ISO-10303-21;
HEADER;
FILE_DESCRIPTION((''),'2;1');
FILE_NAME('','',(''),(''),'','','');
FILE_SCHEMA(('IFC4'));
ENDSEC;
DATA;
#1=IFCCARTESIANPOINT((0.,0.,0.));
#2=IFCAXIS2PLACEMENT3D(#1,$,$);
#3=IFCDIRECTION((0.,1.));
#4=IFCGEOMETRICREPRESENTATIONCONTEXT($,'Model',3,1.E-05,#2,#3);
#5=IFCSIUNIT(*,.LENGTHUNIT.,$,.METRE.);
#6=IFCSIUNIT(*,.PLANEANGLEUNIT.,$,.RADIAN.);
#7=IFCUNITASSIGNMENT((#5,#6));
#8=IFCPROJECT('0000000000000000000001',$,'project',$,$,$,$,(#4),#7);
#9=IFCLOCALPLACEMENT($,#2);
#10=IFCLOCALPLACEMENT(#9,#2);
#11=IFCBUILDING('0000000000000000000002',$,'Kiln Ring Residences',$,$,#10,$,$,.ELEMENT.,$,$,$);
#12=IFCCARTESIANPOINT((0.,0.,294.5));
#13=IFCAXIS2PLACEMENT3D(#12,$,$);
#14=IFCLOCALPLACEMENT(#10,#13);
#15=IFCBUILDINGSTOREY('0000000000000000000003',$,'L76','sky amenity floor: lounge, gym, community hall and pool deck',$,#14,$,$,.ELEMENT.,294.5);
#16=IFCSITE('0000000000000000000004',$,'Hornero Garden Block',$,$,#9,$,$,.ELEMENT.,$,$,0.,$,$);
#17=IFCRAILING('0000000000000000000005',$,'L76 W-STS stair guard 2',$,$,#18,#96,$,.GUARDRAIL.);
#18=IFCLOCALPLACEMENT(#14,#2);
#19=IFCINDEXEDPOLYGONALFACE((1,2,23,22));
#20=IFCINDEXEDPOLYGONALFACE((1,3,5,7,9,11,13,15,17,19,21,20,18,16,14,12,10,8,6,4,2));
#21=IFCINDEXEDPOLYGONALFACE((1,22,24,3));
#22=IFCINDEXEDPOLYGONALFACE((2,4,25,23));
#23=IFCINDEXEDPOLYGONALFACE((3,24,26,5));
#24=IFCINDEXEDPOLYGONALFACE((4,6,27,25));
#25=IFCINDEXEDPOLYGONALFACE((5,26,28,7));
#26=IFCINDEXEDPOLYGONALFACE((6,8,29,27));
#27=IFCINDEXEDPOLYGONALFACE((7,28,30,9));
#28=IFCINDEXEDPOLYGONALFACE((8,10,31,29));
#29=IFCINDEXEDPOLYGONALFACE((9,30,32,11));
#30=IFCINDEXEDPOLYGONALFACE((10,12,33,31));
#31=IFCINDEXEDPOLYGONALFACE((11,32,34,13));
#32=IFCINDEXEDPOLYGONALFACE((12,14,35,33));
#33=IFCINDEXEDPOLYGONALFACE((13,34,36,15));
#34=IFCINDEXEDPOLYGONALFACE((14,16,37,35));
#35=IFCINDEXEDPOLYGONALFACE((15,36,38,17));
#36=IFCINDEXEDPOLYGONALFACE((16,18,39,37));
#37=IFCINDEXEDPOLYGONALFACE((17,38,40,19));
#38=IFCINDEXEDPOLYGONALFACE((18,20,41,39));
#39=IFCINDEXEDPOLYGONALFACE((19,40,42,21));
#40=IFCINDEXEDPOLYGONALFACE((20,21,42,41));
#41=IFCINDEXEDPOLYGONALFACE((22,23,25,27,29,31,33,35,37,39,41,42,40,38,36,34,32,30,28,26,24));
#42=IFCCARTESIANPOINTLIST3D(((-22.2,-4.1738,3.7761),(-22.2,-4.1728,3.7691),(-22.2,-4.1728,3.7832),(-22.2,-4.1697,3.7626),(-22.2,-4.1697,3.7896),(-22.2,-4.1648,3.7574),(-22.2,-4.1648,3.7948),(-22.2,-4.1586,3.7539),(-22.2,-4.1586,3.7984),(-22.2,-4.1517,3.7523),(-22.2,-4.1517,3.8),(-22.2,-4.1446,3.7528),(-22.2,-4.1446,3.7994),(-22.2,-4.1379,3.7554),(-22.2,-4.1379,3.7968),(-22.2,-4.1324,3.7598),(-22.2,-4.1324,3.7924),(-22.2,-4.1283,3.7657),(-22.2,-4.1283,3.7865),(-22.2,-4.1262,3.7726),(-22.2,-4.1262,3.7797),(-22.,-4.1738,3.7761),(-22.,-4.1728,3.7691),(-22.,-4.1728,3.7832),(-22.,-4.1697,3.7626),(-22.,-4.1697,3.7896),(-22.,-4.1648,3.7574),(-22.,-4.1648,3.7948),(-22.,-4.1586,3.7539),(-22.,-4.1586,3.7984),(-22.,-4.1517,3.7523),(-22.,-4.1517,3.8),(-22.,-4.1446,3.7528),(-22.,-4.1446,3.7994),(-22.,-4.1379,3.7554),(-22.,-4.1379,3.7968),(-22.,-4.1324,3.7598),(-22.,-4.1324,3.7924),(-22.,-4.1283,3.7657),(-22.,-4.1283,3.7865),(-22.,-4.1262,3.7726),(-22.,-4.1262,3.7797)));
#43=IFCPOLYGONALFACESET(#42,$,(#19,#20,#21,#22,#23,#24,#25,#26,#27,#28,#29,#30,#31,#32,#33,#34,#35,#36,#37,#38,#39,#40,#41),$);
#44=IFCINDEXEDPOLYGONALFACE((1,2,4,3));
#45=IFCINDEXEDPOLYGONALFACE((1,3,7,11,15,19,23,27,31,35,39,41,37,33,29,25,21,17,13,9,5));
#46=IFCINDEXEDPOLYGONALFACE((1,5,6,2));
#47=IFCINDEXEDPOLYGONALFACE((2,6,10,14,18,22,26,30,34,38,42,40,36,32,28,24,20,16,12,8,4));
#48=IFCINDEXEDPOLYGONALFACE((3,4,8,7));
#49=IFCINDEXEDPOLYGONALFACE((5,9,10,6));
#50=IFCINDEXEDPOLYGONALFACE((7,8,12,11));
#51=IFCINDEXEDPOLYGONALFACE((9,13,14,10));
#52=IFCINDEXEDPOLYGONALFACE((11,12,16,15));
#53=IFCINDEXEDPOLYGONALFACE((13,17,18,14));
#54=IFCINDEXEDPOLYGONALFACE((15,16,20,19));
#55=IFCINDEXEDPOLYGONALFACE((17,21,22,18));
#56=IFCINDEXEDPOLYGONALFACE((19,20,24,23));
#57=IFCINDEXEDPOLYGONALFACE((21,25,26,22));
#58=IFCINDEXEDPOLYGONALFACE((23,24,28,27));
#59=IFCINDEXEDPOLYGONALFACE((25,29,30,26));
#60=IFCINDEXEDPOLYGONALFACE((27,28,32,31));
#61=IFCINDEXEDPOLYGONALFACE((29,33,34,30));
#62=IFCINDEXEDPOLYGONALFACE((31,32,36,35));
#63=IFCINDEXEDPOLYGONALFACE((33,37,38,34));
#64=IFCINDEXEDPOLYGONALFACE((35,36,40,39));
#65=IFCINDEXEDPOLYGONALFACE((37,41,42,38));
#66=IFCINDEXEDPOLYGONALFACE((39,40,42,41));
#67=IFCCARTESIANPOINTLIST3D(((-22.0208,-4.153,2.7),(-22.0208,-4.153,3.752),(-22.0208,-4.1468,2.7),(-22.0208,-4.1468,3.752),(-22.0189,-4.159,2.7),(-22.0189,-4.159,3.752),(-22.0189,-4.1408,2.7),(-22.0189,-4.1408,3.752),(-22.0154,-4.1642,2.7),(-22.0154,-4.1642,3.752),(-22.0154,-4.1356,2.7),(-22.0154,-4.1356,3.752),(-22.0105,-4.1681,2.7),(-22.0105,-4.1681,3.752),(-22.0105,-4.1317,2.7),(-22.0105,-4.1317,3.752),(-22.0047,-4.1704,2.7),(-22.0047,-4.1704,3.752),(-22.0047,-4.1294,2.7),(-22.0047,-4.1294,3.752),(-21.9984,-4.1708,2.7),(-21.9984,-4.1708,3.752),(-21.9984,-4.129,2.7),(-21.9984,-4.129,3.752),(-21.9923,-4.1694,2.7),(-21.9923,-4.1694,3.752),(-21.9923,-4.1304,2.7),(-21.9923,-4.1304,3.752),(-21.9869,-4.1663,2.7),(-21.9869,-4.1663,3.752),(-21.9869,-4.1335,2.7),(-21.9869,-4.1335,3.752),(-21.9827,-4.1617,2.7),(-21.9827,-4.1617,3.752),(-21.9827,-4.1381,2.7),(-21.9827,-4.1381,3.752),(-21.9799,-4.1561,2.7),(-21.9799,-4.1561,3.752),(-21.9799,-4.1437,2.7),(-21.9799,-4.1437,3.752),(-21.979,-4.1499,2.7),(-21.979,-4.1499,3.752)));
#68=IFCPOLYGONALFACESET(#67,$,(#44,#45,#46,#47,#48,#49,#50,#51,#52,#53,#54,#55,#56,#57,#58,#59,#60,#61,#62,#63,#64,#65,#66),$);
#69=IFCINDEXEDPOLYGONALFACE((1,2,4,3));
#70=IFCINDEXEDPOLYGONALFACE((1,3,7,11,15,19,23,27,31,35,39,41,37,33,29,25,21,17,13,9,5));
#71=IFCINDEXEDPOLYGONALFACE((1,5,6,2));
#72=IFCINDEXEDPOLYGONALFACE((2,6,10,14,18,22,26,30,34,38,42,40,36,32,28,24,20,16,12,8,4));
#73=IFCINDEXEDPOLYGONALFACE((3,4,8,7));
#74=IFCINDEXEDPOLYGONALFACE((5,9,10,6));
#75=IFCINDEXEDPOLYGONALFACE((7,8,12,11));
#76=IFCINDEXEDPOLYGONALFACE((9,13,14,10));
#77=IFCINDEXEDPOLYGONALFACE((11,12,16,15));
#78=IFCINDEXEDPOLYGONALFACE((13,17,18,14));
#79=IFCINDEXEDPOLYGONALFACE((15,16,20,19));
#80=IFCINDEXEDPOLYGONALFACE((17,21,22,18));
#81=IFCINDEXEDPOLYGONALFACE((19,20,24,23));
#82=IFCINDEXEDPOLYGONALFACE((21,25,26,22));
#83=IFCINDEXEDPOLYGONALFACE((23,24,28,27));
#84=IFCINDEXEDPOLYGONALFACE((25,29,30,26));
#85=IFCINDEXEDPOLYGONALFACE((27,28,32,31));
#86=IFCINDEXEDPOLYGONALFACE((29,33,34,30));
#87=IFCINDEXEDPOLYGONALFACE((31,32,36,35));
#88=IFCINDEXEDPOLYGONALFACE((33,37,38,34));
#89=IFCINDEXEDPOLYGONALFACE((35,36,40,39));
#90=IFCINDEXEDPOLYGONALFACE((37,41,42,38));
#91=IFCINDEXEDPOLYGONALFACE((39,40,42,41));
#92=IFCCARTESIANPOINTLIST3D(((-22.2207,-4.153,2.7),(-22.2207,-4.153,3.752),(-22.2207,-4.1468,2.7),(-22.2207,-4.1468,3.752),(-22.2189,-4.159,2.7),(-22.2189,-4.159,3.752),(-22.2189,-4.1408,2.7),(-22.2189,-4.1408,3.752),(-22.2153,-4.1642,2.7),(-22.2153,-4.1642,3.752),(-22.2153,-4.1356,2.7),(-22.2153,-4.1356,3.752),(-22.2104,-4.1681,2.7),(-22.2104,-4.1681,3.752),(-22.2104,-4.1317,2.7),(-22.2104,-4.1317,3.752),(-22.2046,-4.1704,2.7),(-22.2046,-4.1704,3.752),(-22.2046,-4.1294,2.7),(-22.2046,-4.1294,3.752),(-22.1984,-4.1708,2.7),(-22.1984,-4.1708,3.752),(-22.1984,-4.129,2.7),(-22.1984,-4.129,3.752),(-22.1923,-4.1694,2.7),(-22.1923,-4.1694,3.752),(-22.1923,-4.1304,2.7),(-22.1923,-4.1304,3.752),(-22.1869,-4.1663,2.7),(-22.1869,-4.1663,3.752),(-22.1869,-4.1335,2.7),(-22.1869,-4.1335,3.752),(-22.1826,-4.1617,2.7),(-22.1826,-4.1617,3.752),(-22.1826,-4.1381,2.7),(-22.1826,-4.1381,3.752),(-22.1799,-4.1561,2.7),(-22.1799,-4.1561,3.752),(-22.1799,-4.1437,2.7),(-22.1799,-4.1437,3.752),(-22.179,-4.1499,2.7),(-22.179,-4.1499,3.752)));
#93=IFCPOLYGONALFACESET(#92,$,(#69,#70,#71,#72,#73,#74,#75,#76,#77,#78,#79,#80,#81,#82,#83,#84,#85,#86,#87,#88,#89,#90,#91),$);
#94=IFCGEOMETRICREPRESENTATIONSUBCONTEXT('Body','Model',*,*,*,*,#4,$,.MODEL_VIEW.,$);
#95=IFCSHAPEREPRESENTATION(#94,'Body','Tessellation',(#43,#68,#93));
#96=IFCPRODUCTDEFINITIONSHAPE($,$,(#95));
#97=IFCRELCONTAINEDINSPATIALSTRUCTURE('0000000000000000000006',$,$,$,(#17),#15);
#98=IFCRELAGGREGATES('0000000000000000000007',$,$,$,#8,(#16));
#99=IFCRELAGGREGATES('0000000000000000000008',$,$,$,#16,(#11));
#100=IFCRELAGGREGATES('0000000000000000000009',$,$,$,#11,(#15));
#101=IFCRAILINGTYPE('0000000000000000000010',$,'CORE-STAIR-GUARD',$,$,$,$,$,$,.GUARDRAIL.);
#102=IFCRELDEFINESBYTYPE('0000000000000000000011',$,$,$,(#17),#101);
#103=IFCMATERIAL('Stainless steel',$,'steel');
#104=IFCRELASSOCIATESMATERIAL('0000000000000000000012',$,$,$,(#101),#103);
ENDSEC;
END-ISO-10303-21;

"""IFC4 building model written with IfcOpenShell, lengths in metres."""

from ifc_helpers import new_model, si_unit, direction, frame, origin, origin_2d, place, context, subcontext, project, spatial, circle, extrude, material, type_object, element, save


model = new_model("IFC4")

# Units and contexts
model_context = context("Model", 3, precision=1e-05, world=origin(), true_north=direction((0.0, 1.0)))
body_context = subcontext(model_context, "Body", "Model", "MODEL_VIEW")
ifc_project = project(units=[si_unit("LENGTHUNIT", "METRE"), si_unit("PLANEANGLEUNIT", "RADIAN")], contexts=[model_context])

# Site, building, storey
site_placement = place(None, origin())
site = spatial("IfcSite", under=ifc_project, at=site_placement, Name="Hornero Garden Block", CompositionType="ELEMENT", RefElevation=0.0)
building_placement = place(site_placement, origin())
building = spatial("IfcBuilding", under=site, at=building_placement, Name="Kiln Ring Residences", CompositionType="ELEMENT")
storey_placement = place(building_placement, frame((0.0, 0.0, 294.5)))
storey = spatial("IfcBuildingStorey", under=building, at=storey_placement, Name="L76", Description="sky amenity floor: lounge, gym, community hall and pool deck", CompositionType="ELEMENT", Elevation=294.5)

# Railing
ifc_material_1 = material(Name="Stainless steel", Category="steel")
railing_type_1 = type_object("IfcRailingType", Name="CORE-STAIR-GUARD", PredefinedType="GUARDRAIL", material=ifc_material_1)
railing_1_placement = place(storey_placement, frame((-22.0, -4.1499, 2.7)))
element("IfcRailing", 1, at=railing_1_placement, inside=storey, type_object=railing_type_1, Name="L76 W-STS stair guard 2", PredefinedType="GUARDRAIL", context=body_context, shape_type="SweptSolid", body=[
    extrude(circle(Radius=0.0239, at=origin_2d()), frame((0.0, 0.0, 1.0762), z_axis=(-1.0, 0.0, 0.0), x_axis=(0.0, -1.0, 0.0)), (0.0, 0.0, 1.0), 0.2),
    extrude(circle(Radius=0.021, at=origin_2d()), origin(), (0.0, 0.0, 1.0), 1.052),
    extrude(circle(Radius=0.021, at=origin_2d()), frame((-0.2, 0.0, 0.0)), (0.0, 0.0, 1.0), 1.052),
])

save(model, "model.ifc")
